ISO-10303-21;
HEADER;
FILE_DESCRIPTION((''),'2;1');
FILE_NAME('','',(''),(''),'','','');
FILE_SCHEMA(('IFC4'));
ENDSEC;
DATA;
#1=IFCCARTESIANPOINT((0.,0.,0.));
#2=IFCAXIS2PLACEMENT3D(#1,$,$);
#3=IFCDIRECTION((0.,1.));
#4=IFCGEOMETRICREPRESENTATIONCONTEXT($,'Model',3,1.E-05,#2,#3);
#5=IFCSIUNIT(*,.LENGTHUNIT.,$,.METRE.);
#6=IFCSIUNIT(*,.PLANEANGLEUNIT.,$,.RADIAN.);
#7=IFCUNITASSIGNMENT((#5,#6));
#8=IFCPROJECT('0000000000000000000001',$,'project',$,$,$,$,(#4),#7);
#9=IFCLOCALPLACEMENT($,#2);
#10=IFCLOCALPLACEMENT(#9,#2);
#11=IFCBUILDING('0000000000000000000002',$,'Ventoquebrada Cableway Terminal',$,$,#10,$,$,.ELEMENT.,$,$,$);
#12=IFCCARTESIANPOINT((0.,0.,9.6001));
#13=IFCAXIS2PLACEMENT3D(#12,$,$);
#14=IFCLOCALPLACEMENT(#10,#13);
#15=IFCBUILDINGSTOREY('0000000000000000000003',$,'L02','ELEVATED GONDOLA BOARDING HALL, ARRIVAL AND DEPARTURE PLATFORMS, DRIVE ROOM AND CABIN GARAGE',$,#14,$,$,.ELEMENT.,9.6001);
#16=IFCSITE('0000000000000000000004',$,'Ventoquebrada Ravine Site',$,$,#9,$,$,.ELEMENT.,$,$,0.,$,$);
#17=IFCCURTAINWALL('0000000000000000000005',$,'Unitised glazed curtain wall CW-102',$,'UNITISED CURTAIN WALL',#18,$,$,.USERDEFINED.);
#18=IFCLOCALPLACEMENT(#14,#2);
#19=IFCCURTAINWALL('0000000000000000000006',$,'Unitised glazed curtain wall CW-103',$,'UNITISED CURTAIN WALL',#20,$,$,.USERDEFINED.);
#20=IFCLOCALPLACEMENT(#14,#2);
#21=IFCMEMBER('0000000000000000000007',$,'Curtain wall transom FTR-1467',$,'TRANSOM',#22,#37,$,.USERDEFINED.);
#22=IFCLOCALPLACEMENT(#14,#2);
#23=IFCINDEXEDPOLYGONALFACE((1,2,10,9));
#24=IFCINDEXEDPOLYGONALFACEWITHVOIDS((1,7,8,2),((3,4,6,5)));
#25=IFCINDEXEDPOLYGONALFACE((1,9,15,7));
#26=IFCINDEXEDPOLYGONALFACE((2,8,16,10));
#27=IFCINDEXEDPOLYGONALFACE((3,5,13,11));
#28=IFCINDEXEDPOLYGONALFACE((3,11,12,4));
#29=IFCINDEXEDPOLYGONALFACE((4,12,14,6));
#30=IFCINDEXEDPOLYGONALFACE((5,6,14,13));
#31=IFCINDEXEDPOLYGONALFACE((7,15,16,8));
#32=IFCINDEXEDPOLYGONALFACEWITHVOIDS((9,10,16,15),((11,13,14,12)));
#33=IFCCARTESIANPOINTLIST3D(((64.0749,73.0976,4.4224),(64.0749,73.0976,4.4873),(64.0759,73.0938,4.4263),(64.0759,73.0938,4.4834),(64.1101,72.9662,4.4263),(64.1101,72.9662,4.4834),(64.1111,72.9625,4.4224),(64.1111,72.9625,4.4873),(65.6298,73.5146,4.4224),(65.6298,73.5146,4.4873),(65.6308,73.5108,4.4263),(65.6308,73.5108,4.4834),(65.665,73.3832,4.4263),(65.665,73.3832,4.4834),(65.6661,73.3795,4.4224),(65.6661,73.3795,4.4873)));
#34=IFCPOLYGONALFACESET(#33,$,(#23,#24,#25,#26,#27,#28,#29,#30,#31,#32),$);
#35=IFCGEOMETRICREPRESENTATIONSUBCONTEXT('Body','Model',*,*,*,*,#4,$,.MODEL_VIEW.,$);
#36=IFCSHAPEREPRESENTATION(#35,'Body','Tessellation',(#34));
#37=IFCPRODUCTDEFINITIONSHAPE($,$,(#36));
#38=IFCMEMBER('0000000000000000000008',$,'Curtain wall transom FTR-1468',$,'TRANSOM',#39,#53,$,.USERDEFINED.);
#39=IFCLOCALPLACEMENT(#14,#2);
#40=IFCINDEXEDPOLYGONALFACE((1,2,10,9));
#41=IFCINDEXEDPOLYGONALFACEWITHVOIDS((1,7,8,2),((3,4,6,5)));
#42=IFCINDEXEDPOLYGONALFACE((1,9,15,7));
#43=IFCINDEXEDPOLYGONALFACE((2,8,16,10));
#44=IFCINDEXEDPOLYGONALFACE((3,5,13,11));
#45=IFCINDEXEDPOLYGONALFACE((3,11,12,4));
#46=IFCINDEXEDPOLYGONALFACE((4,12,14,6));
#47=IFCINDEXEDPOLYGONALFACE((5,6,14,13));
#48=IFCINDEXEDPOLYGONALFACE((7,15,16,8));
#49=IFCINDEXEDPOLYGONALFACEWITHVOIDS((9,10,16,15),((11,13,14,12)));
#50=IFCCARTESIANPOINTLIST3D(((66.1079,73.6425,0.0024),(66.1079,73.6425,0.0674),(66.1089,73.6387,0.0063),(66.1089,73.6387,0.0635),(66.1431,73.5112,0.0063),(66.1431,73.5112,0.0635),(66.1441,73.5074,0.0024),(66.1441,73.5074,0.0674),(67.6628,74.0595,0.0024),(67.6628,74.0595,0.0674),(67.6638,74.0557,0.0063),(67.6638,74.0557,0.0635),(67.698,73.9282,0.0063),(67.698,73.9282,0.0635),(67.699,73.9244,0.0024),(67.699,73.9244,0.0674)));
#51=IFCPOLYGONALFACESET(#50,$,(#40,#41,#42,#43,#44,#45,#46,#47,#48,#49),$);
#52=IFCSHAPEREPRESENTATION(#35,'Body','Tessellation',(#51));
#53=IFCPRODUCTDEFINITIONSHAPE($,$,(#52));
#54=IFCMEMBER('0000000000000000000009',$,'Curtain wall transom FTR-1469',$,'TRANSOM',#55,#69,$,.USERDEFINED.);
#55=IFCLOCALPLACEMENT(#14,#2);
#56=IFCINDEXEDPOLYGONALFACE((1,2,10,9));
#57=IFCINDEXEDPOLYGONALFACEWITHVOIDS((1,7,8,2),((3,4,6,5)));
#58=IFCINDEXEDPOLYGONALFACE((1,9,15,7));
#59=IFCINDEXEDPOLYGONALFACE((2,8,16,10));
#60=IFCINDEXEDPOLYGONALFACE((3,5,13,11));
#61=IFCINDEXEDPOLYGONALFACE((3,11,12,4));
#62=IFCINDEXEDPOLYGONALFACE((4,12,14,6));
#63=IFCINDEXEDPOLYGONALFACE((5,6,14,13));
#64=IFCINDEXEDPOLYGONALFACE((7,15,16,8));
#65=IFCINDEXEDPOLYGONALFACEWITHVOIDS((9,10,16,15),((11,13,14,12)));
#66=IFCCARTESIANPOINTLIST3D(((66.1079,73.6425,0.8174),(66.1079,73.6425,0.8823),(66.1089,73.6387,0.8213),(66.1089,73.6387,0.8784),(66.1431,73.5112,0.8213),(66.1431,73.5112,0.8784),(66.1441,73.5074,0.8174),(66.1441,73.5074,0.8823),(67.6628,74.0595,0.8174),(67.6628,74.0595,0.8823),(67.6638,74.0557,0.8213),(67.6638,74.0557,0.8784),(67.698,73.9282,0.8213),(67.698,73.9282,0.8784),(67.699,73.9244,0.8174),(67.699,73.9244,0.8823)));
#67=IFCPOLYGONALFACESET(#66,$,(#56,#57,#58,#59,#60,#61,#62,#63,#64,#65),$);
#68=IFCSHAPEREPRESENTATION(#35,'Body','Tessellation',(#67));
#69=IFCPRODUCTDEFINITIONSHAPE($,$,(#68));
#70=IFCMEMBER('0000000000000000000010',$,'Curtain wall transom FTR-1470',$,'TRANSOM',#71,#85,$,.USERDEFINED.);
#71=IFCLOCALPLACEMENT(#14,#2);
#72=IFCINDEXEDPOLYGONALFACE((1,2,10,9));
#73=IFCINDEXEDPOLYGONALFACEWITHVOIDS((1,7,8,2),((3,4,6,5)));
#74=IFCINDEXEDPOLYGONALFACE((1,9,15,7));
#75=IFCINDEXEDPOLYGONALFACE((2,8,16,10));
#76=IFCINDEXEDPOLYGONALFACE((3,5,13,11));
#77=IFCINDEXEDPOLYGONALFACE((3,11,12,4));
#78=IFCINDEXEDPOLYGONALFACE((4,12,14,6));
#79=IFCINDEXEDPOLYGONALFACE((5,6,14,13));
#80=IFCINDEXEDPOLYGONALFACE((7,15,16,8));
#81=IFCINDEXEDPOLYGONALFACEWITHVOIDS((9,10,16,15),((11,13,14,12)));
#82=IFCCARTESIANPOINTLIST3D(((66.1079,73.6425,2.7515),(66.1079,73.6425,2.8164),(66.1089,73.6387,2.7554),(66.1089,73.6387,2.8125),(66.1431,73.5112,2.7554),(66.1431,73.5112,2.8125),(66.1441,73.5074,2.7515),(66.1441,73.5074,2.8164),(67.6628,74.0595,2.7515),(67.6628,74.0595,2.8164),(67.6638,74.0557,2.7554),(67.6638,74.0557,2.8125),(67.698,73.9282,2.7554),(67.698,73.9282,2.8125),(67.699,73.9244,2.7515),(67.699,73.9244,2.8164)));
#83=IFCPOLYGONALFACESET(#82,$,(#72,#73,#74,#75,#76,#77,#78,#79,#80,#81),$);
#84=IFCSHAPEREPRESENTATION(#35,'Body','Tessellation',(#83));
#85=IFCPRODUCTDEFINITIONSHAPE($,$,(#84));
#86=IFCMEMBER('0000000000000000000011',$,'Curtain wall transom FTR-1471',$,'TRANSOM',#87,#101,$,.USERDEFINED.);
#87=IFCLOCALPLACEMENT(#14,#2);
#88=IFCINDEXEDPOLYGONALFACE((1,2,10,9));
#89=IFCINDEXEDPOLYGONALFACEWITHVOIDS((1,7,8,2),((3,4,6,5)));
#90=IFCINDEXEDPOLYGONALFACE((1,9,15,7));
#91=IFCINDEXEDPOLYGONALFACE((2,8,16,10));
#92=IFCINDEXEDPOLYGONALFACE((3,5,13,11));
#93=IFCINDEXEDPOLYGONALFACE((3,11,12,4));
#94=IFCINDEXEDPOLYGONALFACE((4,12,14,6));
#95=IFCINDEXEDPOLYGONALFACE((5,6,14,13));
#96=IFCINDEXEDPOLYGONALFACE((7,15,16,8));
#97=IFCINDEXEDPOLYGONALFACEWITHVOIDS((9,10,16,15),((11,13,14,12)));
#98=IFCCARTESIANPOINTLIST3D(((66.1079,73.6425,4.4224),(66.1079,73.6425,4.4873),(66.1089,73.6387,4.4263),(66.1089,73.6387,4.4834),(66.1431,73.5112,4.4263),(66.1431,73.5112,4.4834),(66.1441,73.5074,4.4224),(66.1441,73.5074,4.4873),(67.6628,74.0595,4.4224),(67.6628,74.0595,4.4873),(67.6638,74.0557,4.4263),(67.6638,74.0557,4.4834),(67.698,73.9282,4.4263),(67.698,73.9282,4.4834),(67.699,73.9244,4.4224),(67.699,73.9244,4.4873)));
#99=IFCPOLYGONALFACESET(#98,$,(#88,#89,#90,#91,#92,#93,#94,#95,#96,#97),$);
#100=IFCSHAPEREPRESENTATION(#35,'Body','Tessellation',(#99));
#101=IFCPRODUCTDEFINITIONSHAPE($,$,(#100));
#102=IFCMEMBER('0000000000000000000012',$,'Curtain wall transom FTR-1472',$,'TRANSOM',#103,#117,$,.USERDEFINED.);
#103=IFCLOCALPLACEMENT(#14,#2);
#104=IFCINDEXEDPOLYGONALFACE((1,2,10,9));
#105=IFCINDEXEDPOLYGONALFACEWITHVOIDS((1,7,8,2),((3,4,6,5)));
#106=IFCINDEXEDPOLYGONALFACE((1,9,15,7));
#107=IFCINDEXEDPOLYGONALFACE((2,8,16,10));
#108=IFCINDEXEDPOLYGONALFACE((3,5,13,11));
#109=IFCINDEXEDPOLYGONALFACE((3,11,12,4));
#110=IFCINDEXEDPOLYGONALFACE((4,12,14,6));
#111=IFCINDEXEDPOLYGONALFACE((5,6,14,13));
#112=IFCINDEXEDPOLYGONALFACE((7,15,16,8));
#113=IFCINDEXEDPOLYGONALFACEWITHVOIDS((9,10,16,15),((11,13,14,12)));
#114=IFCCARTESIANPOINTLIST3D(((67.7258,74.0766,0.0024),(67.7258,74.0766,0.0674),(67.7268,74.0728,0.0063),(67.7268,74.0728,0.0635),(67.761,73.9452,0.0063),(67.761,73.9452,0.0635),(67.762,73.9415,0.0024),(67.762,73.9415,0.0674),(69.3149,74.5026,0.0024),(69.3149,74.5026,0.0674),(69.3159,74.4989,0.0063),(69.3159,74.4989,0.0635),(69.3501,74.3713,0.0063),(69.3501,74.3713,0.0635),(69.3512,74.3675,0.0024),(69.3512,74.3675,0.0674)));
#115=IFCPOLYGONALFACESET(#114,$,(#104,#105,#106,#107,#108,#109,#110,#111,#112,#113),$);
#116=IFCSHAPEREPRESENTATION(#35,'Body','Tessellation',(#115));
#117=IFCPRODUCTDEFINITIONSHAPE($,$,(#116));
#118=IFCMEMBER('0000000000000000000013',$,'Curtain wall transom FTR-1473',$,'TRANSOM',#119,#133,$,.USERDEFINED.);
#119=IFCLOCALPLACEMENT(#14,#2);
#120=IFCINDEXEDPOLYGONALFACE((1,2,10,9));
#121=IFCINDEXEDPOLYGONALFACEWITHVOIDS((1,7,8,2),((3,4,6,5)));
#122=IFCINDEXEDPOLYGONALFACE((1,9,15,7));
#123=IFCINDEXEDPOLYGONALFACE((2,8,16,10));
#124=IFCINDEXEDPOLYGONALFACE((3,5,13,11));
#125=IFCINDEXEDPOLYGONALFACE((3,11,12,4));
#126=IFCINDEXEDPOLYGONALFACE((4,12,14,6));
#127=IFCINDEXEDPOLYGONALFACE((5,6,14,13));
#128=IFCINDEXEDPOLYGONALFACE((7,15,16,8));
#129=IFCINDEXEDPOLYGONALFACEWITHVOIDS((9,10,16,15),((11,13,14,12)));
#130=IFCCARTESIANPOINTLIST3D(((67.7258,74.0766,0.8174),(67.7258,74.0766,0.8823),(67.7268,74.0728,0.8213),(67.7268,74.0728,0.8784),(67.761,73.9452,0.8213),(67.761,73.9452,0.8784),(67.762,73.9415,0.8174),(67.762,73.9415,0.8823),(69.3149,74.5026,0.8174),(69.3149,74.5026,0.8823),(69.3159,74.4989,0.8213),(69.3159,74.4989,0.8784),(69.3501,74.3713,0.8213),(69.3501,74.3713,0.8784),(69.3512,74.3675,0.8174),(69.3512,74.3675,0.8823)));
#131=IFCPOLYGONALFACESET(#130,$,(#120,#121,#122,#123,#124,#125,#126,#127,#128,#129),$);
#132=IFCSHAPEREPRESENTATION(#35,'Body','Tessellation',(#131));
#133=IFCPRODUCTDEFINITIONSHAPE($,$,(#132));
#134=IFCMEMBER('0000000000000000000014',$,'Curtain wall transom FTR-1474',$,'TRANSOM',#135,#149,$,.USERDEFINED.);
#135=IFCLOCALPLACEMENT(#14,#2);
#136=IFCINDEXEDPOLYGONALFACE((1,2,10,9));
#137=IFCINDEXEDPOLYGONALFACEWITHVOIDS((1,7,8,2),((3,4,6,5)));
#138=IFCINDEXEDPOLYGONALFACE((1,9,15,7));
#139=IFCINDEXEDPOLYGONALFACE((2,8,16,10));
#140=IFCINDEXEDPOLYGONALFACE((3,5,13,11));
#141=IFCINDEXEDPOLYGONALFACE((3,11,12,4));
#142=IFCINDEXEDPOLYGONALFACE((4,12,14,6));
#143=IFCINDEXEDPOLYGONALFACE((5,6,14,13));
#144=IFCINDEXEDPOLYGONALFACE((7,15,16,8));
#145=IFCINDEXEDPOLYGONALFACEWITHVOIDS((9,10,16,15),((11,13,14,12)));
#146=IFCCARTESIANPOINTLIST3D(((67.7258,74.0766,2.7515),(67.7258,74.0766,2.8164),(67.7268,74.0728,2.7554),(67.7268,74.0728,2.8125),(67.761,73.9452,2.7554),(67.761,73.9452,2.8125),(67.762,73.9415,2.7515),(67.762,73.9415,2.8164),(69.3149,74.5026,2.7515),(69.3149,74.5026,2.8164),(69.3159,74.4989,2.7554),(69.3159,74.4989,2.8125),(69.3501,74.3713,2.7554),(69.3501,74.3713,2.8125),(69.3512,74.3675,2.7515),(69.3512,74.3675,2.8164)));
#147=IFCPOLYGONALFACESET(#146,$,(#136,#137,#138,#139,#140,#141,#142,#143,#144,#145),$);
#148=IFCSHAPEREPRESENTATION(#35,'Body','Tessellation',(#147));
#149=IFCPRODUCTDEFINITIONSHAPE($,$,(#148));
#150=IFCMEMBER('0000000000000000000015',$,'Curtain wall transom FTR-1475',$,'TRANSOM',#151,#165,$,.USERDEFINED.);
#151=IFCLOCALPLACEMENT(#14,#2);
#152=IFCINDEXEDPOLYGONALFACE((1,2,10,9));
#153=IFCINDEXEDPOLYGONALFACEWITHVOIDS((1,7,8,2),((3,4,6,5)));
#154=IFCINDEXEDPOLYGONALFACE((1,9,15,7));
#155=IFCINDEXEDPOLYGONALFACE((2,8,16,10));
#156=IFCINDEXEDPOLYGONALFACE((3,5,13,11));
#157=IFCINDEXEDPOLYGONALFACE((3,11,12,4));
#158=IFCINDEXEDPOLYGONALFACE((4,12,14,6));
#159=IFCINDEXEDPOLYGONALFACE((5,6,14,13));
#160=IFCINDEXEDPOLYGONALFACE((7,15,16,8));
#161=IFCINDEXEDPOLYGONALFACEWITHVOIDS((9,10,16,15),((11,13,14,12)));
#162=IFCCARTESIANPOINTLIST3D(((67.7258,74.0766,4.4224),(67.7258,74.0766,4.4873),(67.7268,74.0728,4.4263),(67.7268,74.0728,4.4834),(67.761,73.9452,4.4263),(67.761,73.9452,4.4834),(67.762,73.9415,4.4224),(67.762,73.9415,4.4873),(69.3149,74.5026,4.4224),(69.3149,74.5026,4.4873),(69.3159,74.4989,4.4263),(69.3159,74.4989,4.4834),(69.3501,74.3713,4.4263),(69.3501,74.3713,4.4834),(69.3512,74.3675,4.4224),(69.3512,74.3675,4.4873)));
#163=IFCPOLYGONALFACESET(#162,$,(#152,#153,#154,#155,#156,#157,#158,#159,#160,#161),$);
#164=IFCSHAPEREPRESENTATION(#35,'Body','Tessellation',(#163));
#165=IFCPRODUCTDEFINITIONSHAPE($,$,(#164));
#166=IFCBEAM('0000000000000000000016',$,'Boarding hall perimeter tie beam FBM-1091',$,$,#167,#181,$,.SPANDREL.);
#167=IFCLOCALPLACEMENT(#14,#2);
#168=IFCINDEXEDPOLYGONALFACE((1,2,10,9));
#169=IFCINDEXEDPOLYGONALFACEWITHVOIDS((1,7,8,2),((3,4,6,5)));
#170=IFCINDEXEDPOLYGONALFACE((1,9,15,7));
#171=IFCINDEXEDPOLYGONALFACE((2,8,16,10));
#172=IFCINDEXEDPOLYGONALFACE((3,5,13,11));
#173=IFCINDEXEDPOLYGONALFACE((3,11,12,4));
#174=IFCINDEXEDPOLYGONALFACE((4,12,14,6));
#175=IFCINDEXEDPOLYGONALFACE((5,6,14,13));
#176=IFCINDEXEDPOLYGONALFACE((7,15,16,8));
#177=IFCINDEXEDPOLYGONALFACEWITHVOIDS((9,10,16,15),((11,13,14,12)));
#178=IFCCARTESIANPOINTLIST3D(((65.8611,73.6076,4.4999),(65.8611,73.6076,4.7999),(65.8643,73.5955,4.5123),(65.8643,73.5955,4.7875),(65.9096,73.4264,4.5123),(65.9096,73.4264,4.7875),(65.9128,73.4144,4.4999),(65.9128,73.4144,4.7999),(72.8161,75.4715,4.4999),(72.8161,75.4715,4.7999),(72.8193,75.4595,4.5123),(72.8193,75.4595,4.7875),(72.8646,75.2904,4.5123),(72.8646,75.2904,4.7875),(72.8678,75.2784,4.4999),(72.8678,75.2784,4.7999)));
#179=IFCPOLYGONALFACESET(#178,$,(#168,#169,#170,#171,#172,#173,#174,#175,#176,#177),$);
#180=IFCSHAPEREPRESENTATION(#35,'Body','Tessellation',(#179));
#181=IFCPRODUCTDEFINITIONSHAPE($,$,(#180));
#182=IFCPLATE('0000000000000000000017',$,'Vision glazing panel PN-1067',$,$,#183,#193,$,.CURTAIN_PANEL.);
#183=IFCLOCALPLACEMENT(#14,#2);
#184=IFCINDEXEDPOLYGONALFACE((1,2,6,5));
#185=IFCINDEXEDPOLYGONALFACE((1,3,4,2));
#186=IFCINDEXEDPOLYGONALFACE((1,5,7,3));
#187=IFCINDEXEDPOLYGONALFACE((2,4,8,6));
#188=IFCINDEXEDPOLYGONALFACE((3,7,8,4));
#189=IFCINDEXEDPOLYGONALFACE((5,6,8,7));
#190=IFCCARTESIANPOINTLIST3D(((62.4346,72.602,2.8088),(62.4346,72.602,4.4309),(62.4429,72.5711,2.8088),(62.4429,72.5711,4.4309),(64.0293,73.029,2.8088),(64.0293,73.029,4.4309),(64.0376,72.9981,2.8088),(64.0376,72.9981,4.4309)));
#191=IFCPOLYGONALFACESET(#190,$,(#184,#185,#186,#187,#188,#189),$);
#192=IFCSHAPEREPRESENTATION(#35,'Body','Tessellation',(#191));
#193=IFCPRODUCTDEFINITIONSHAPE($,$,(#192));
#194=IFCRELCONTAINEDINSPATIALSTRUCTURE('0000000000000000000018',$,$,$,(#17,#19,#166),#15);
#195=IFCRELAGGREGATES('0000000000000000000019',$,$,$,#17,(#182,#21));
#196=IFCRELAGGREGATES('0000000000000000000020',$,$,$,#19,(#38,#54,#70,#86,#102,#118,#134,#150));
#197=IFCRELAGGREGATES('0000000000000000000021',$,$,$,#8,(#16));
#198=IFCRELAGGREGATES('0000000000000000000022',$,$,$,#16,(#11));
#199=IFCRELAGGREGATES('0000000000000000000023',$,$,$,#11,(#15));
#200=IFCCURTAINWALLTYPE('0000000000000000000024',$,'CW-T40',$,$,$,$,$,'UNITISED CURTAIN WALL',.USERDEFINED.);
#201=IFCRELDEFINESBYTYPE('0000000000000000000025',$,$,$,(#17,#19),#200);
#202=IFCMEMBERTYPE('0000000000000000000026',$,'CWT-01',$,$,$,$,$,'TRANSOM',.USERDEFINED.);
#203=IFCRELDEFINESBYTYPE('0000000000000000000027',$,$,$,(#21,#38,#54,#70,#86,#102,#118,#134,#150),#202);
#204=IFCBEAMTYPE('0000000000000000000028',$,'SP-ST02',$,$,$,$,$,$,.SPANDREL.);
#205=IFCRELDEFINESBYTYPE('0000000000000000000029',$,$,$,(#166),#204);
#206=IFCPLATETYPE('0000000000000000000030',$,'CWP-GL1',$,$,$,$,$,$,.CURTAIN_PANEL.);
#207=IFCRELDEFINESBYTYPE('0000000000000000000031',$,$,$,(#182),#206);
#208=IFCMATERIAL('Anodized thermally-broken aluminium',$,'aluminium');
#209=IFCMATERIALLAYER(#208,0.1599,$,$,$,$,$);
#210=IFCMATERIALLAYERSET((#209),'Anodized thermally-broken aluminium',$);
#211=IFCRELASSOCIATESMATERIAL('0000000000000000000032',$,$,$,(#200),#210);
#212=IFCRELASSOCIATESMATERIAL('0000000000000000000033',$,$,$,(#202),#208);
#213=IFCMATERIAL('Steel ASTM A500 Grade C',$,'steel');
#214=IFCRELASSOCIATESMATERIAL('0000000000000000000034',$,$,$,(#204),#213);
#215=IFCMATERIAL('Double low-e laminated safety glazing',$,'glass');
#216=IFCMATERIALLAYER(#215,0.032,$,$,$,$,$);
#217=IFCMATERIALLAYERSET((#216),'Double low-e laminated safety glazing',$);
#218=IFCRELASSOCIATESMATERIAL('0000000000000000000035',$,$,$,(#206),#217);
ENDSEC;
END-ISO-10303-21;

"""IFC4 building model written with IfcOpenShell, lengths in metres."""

from ifc_helpers import new_model, si_unit, direction, frame, origin, origin_2d, place, context, subcontext, project, spatial, rectangle, hollow_rectangle, extrude, material, layer, layer_set, material_profile, profile_set, type_object, element, aggregate, save


model = new_model("IFC4")

# Units and contexts
model_context = context("Model", 3, precision=1e-05, world=origin(), true_north=direction((0.0, 1.0)))
body_context = subcontext(model_context, "Body", "Model", "MODEL_VIEW")
ifc_project = project(units=[si_unit("LENGTHUNIT", "METRE"), si_unit("PLANEANGLEUNIT", "RADIAN")], contexts=[model_context])

# Site, building, storey
site_placement = place(None, origin())
site = spatial("IfcSite", under=ifc_project, at=site_placement, Name="Ventoquebrada Ravine Site", CompositionType="ELEMENT", RefElevation=0.0)
building_placement = place(site_placement, origin())
building = spatial("IfcBuilding", under=site, at=building_placement, Name="Ventoquebrada Cableway Terminal", CompositionType="ELEMENT")
storey_placement = place(building_placement, frame((0.0, 0.0, 9.6001)))
storey = spatial("IfcBuildingStorey", under=building, at=storey_placement, Name="L02", Description="ELEVATED GONDOLA BOARDING HALL, ARRIVAL AND DEPARTURE PLATFORMS, DRIVE ROOM AND CABIN GARAGE", CompositionType="ELEMENT", Elevation=9.6001)

# Shared definitions
ifc_material_1 = material(Name="Steel ASTM A500 Grade C", Category="steel")

# Curtain walls
ifc_material_2 = material(Name="Anodized thermally-broken aluminium", Category="aluminium")
ifc_layer_1 = layer(ifc_material_2, 0.1599)
ifc_layer_set_1 = layer_set([ifc_layer_1], Name="Anodized thermally-broken aluminium")
curtain_wall_type = type_object("IfcCurtainWallType", Name="CW-T40", ElementType="UNITISED CURTAIN WALL", PredefinedType="USERDEFINED", material=ifc_layer_set_1)
curtain_wall_1_placement = place(storey_placement, origin())
curtain_wall_1 = element("IfcCurtainWall", 1, at=curtain_wall_1_placement, inside=storey, type_object=curtain_wall_type, Name="Unitised glazed curtain wall CW-102", ObjectType="UNITISED CURTAIN WALL", PredefinedType="USERDEFINED")
curtain_wall_2_placement = place(storey_placement, origin())
curtain_wall_2 = element("IfcCurtainWall", 2, at=curtain_wall_2_placement, inside=storey, type_object=curtain_wall_type, Name="Unitised glazed curtain wall CW-103", ObjectType="UNITISED CURTAIN WALL", PredefinedType="USERDEFINED")

# Members
ifc_material_profile_1 = material_profile(ifc_material_2, hollow_rectangle(XDim=0.0649, YDim=0.1399, WallThickness=0.0039, at=origin_2d()), Name="CW-TRN-65X140")
ifc_profile_set_1 = profile_set([ifc_material_profile_1], Name="Anodized thermally-broken aluminium")
member_type_1 = type_object("IfcMemberType", Name="CWT-01", ElementType="TRANSOM", PredefinedType="USERDEFINED", material=ifc_profile_set_1)
member_1_placement = place(storey_placement, frame((64.093, 73.03, 4.4548), z_axis=(0.965872, 0.259022, 0.0), x_axis=(0.0, 0.0, 1.0)))
member_1 = element("IfcMember", 3, at=member_1_placement, type_object=member_type_1, Name="Curtain wall transom FTR-1467", ObjectType="TRANSOM", PredefinedType="USERDEFINED", context=body_context, shape_type="SweptSolid", body=[
    extrude(hollow_rectangle(XDim=0.0649, YDim=0.1399, WallThickness=0.0039, at=origin_2d()), origin(), (0.0, 0.0, 1.0), 1.6099),
])
member_2_placement = place(storey_placement, frame((66.126, 73.575, 0.0349), z_axis=(0.965872, 0.259022, 0.0), x_axis=(0.0, 0.0, 1.0)))
member_2 = element("IfcMember", 4, at=member_2_placement, type_object=member_type_1, Name="Curtain wall transom FTR-1468", ObjectType="TRANSOM", PredefinedType="USERDEFINED", context=body_context, shape_type="SweptSolid", body=[
    extrude(hollow_rectangle(XDim=0.0649, YDim=0.1399, WallThickness=0.0039, at=origin_2d()), origin(), (0.0, 0.0, 1.0), 1.6099),
])
member_3_placement = place(storey_placement, frame((66.126, 73.575, 0.8499), z_axis=(0.965872, 0.259022, 0.0), x_axis=(0.0, 0.0, 1.0)))
member_3 = element("IfcMember", 5, at=member_3_placement, type_object=member_type_1, Name="Curtain wall transom FTR-1469", ObjectType="TRANSOM", PredefinedType="USERDEFINED", context=body_context, shape_type="SweptSolid", body=[
    extrude(hollow_rectangle(XDim=0.0649, YDim=0.1399, WallThickness=0.0039, at=origin_2d()), origin(), (0.0, 0.0, 1.0), 1.6099),
])
member_4_placement = place(storey_placement, frame((66.126, 73.575, 2.7839), z_axis=(0.965872, 0.259022, 0.0), x_axis=(0.0, 0.0, 1.0)))
member_4 = element("IfcMember", 6, at=member_4_placement, type_object=member_type_1, Name="Curtain wall transom FTR-1470", ObjectType="TRANSOM", PredefinedType="USERDEFINED", context=body_context, shape_type="SweptSolid", body=[
    extrude(hollow_rectangle(XDim=0.0649, YDim=0.1399, WallThickness=0.0039, at=origin_2d()), origin(), (0.0, 0.0, 1.0), 1.6099),
])
member_5_placement = place(storey_placement, frame((66.126, 73.575, 4.4548), z_axis=(0.965872, 0.259022, 0.0), x_axis=(0.0, 0.0, 1.0)))
member_5 = element("IfcMember", 7, at=member_5_placement, type_object=member_type_1, Name="Curtain wall transom FTR-1471", ObjectType="TRANSOM", PredefinedType="USERDEFINED", context=body_context, shape_type="SweptSolid", body=[
    extrude(hollow_rectangle(XDim=0.0649, YDim=0.1399, WallThickness=0.0039, at=origin_2d()), origin(), (0.0, 0.0, 1.0), 1.6099),
])
member_6_placement = place(storey_placement, frame((67.7439, 74.009, 0.0349), z_axis=(0.965892, 0.258946, 0.0), x_axis=(0.0, 0.0, 1.0)))
member_6 = element("IfcMember", 8, at=member_6_placement, type_object=member_type_1, Name="Curtain wall transom FTR-1472", ObjectType="TRANSOM", PredefinedType="USERDEFINED", context=body_context, shape_type="SweptSolid", body=[
    extrude(hollow_rectangle(XDim=0.0649, YDim=0.1399, WallThickness=0.0039, at=origin_2d()), origin(), (0.0, 0.0, 1.0), 1.6453),
])
member_7_placement = place(storey_placement, frame((67.7439, 74.009, 0.8499), z_axis=(0.965892, 0.258946, 0.0), x_axis=(0.0, 0.0, 1.0)))
member_7 = element("IfcMember", 9, at=member_7_placement, type_object=member_type_1, Name="Curtain wall transom FTR-1473", ObjectType="TRANSOM", PredefinedType="USERDEFINED", context=body_context, shape_type="SweptSolid", body=[
    extrude(hollow_rectangle(XDim=0.0649, YDim=0.1399, WallThickness=0.0039, at=origin_2d()), origin(), (0.0, 0.0, 1.0), 1.6453),
])
member_8_placement = place(storey_placement, frame((67.7439, 74.009, 2.7839), z_axis=(0.965892, 0.258946, 0.0), x_axis=(0.0, 0.0, 1.0)))
member_8 = element("IfcMember", 10, at=member_8_placement, type_object=member_type_1, Name="Curtain wall transom FTR-1474", ObjectType="TRANSOM", PredefinedType="USERDEFINED", context=body_context, shape_type="SweptSolid", body=[
    extrude(hollow_rectangle(XDim=0.0649, YDim=0.1399, WallThickness=0.0039, at=origin_2d()), origin(), (0.0, 0.0, 1.0), 1.6453),
])
member_9_placement = place(storey_placement, frame((67.7439, 74.009, 4.4548), z_axis=(0.965892, 0.258946, 0.0), x_axis=(0.0, 0.0, 1.0)))
member_9 = element("IfcMember", 11, at=member_9_placement, type_object=member_type_1, Name="Curtain wall transom FTR-1475", ObjectType="TRANSOM", PredefinedType="USERDEFINED", context=body_context, shape_type="SweptSolid", body=[
    extrude(hollow_rectangle(XDim=0.0649, YDim=0.1399, WallThickness=0.0039, at=origin_2d()), origin(), (0.0, 0.0, 1.0), 1.6453),
])

# Beam
ifc_material_profile_2 = material_profile(ifc_material_1, hollow_rectangle(XDim=0.2, YDim=0.3, WallThickness=0.0125, at=origin_2d()), Name="RHS300X200X12.5")
ifc_profile_set_2 = profile_set([ifc_material_profile_2], Name="Steel ASTM A500 Grade C")
beam_type = type_object("IfcBeamType", Name="SP-ST02", PredefinedType="SPANDREL", material=ifc_profile_set_2)
beam_placement = place(storey_placement, frame((65.887, 73.511, 4.6499), z_axis=(0.965912, 0.258872, 0.0), x_axis=(-0.258872, 0.965912, 0.0)))
element("IfcBeam", 12, at=beam_placement, inside=storey, type_object=beam_type, Name="Boarding hall perimeter tie beam FBM-1091", PredefinedType="SPANDREL", context=body_context, shape_type="SweptSolid", body=[
    extrude(hollow_rectangle(XDim=0.2, YDim=0.3, WallThickness=0.0125, at=origin_2d()), origin(), (0.0, 0.0, 1.0), 7.2004),
])

# Plate
ifc_material_3 = material(Name="Double low-e laminated safety glazing", Category="glass")
ifc_layer_2 = layer(ifc_material_3, 0.032)
ifc_layer_set_2 = layer_set([ifc_layer_2], Name="Double low-e laminated safety glazing")
plate_type_1 = type_object("IfcPlateType", Name="CWP-GL1", PredefinedType="CURTAIN_PANEL", material=ifc_layer_set_2)
plate_1_placement = place(storey_placement, frame((63.2361, 72.8, 2.8088), z_axis=(0.0, 0.0, 1.0), x_axis=(0.965966, 0.258667, 0.0)))
plate_1 = element("IfcPlate", 13, at=plate_1_placement, type_object=plate_type_1, Name="Vision glazing panel PN-1067", PredefinedType="CURTAIN_PANEL", context=body_context, shape_type="SweptSolid", body=[
    extrude(rectangle(XDim=1.6509, YDim=0.032, at=origin_2d()), origin(), (0.0, 0.0, 1.0), 1.6221),
])
aggregate(curtain_wall_1, [plate_1, member_1])
aggregate(curtain_wall_2, [member_2, member_3, member_4, member_5, member_6, member_7, member_8, member_9])

save(model, "model.ifc")
